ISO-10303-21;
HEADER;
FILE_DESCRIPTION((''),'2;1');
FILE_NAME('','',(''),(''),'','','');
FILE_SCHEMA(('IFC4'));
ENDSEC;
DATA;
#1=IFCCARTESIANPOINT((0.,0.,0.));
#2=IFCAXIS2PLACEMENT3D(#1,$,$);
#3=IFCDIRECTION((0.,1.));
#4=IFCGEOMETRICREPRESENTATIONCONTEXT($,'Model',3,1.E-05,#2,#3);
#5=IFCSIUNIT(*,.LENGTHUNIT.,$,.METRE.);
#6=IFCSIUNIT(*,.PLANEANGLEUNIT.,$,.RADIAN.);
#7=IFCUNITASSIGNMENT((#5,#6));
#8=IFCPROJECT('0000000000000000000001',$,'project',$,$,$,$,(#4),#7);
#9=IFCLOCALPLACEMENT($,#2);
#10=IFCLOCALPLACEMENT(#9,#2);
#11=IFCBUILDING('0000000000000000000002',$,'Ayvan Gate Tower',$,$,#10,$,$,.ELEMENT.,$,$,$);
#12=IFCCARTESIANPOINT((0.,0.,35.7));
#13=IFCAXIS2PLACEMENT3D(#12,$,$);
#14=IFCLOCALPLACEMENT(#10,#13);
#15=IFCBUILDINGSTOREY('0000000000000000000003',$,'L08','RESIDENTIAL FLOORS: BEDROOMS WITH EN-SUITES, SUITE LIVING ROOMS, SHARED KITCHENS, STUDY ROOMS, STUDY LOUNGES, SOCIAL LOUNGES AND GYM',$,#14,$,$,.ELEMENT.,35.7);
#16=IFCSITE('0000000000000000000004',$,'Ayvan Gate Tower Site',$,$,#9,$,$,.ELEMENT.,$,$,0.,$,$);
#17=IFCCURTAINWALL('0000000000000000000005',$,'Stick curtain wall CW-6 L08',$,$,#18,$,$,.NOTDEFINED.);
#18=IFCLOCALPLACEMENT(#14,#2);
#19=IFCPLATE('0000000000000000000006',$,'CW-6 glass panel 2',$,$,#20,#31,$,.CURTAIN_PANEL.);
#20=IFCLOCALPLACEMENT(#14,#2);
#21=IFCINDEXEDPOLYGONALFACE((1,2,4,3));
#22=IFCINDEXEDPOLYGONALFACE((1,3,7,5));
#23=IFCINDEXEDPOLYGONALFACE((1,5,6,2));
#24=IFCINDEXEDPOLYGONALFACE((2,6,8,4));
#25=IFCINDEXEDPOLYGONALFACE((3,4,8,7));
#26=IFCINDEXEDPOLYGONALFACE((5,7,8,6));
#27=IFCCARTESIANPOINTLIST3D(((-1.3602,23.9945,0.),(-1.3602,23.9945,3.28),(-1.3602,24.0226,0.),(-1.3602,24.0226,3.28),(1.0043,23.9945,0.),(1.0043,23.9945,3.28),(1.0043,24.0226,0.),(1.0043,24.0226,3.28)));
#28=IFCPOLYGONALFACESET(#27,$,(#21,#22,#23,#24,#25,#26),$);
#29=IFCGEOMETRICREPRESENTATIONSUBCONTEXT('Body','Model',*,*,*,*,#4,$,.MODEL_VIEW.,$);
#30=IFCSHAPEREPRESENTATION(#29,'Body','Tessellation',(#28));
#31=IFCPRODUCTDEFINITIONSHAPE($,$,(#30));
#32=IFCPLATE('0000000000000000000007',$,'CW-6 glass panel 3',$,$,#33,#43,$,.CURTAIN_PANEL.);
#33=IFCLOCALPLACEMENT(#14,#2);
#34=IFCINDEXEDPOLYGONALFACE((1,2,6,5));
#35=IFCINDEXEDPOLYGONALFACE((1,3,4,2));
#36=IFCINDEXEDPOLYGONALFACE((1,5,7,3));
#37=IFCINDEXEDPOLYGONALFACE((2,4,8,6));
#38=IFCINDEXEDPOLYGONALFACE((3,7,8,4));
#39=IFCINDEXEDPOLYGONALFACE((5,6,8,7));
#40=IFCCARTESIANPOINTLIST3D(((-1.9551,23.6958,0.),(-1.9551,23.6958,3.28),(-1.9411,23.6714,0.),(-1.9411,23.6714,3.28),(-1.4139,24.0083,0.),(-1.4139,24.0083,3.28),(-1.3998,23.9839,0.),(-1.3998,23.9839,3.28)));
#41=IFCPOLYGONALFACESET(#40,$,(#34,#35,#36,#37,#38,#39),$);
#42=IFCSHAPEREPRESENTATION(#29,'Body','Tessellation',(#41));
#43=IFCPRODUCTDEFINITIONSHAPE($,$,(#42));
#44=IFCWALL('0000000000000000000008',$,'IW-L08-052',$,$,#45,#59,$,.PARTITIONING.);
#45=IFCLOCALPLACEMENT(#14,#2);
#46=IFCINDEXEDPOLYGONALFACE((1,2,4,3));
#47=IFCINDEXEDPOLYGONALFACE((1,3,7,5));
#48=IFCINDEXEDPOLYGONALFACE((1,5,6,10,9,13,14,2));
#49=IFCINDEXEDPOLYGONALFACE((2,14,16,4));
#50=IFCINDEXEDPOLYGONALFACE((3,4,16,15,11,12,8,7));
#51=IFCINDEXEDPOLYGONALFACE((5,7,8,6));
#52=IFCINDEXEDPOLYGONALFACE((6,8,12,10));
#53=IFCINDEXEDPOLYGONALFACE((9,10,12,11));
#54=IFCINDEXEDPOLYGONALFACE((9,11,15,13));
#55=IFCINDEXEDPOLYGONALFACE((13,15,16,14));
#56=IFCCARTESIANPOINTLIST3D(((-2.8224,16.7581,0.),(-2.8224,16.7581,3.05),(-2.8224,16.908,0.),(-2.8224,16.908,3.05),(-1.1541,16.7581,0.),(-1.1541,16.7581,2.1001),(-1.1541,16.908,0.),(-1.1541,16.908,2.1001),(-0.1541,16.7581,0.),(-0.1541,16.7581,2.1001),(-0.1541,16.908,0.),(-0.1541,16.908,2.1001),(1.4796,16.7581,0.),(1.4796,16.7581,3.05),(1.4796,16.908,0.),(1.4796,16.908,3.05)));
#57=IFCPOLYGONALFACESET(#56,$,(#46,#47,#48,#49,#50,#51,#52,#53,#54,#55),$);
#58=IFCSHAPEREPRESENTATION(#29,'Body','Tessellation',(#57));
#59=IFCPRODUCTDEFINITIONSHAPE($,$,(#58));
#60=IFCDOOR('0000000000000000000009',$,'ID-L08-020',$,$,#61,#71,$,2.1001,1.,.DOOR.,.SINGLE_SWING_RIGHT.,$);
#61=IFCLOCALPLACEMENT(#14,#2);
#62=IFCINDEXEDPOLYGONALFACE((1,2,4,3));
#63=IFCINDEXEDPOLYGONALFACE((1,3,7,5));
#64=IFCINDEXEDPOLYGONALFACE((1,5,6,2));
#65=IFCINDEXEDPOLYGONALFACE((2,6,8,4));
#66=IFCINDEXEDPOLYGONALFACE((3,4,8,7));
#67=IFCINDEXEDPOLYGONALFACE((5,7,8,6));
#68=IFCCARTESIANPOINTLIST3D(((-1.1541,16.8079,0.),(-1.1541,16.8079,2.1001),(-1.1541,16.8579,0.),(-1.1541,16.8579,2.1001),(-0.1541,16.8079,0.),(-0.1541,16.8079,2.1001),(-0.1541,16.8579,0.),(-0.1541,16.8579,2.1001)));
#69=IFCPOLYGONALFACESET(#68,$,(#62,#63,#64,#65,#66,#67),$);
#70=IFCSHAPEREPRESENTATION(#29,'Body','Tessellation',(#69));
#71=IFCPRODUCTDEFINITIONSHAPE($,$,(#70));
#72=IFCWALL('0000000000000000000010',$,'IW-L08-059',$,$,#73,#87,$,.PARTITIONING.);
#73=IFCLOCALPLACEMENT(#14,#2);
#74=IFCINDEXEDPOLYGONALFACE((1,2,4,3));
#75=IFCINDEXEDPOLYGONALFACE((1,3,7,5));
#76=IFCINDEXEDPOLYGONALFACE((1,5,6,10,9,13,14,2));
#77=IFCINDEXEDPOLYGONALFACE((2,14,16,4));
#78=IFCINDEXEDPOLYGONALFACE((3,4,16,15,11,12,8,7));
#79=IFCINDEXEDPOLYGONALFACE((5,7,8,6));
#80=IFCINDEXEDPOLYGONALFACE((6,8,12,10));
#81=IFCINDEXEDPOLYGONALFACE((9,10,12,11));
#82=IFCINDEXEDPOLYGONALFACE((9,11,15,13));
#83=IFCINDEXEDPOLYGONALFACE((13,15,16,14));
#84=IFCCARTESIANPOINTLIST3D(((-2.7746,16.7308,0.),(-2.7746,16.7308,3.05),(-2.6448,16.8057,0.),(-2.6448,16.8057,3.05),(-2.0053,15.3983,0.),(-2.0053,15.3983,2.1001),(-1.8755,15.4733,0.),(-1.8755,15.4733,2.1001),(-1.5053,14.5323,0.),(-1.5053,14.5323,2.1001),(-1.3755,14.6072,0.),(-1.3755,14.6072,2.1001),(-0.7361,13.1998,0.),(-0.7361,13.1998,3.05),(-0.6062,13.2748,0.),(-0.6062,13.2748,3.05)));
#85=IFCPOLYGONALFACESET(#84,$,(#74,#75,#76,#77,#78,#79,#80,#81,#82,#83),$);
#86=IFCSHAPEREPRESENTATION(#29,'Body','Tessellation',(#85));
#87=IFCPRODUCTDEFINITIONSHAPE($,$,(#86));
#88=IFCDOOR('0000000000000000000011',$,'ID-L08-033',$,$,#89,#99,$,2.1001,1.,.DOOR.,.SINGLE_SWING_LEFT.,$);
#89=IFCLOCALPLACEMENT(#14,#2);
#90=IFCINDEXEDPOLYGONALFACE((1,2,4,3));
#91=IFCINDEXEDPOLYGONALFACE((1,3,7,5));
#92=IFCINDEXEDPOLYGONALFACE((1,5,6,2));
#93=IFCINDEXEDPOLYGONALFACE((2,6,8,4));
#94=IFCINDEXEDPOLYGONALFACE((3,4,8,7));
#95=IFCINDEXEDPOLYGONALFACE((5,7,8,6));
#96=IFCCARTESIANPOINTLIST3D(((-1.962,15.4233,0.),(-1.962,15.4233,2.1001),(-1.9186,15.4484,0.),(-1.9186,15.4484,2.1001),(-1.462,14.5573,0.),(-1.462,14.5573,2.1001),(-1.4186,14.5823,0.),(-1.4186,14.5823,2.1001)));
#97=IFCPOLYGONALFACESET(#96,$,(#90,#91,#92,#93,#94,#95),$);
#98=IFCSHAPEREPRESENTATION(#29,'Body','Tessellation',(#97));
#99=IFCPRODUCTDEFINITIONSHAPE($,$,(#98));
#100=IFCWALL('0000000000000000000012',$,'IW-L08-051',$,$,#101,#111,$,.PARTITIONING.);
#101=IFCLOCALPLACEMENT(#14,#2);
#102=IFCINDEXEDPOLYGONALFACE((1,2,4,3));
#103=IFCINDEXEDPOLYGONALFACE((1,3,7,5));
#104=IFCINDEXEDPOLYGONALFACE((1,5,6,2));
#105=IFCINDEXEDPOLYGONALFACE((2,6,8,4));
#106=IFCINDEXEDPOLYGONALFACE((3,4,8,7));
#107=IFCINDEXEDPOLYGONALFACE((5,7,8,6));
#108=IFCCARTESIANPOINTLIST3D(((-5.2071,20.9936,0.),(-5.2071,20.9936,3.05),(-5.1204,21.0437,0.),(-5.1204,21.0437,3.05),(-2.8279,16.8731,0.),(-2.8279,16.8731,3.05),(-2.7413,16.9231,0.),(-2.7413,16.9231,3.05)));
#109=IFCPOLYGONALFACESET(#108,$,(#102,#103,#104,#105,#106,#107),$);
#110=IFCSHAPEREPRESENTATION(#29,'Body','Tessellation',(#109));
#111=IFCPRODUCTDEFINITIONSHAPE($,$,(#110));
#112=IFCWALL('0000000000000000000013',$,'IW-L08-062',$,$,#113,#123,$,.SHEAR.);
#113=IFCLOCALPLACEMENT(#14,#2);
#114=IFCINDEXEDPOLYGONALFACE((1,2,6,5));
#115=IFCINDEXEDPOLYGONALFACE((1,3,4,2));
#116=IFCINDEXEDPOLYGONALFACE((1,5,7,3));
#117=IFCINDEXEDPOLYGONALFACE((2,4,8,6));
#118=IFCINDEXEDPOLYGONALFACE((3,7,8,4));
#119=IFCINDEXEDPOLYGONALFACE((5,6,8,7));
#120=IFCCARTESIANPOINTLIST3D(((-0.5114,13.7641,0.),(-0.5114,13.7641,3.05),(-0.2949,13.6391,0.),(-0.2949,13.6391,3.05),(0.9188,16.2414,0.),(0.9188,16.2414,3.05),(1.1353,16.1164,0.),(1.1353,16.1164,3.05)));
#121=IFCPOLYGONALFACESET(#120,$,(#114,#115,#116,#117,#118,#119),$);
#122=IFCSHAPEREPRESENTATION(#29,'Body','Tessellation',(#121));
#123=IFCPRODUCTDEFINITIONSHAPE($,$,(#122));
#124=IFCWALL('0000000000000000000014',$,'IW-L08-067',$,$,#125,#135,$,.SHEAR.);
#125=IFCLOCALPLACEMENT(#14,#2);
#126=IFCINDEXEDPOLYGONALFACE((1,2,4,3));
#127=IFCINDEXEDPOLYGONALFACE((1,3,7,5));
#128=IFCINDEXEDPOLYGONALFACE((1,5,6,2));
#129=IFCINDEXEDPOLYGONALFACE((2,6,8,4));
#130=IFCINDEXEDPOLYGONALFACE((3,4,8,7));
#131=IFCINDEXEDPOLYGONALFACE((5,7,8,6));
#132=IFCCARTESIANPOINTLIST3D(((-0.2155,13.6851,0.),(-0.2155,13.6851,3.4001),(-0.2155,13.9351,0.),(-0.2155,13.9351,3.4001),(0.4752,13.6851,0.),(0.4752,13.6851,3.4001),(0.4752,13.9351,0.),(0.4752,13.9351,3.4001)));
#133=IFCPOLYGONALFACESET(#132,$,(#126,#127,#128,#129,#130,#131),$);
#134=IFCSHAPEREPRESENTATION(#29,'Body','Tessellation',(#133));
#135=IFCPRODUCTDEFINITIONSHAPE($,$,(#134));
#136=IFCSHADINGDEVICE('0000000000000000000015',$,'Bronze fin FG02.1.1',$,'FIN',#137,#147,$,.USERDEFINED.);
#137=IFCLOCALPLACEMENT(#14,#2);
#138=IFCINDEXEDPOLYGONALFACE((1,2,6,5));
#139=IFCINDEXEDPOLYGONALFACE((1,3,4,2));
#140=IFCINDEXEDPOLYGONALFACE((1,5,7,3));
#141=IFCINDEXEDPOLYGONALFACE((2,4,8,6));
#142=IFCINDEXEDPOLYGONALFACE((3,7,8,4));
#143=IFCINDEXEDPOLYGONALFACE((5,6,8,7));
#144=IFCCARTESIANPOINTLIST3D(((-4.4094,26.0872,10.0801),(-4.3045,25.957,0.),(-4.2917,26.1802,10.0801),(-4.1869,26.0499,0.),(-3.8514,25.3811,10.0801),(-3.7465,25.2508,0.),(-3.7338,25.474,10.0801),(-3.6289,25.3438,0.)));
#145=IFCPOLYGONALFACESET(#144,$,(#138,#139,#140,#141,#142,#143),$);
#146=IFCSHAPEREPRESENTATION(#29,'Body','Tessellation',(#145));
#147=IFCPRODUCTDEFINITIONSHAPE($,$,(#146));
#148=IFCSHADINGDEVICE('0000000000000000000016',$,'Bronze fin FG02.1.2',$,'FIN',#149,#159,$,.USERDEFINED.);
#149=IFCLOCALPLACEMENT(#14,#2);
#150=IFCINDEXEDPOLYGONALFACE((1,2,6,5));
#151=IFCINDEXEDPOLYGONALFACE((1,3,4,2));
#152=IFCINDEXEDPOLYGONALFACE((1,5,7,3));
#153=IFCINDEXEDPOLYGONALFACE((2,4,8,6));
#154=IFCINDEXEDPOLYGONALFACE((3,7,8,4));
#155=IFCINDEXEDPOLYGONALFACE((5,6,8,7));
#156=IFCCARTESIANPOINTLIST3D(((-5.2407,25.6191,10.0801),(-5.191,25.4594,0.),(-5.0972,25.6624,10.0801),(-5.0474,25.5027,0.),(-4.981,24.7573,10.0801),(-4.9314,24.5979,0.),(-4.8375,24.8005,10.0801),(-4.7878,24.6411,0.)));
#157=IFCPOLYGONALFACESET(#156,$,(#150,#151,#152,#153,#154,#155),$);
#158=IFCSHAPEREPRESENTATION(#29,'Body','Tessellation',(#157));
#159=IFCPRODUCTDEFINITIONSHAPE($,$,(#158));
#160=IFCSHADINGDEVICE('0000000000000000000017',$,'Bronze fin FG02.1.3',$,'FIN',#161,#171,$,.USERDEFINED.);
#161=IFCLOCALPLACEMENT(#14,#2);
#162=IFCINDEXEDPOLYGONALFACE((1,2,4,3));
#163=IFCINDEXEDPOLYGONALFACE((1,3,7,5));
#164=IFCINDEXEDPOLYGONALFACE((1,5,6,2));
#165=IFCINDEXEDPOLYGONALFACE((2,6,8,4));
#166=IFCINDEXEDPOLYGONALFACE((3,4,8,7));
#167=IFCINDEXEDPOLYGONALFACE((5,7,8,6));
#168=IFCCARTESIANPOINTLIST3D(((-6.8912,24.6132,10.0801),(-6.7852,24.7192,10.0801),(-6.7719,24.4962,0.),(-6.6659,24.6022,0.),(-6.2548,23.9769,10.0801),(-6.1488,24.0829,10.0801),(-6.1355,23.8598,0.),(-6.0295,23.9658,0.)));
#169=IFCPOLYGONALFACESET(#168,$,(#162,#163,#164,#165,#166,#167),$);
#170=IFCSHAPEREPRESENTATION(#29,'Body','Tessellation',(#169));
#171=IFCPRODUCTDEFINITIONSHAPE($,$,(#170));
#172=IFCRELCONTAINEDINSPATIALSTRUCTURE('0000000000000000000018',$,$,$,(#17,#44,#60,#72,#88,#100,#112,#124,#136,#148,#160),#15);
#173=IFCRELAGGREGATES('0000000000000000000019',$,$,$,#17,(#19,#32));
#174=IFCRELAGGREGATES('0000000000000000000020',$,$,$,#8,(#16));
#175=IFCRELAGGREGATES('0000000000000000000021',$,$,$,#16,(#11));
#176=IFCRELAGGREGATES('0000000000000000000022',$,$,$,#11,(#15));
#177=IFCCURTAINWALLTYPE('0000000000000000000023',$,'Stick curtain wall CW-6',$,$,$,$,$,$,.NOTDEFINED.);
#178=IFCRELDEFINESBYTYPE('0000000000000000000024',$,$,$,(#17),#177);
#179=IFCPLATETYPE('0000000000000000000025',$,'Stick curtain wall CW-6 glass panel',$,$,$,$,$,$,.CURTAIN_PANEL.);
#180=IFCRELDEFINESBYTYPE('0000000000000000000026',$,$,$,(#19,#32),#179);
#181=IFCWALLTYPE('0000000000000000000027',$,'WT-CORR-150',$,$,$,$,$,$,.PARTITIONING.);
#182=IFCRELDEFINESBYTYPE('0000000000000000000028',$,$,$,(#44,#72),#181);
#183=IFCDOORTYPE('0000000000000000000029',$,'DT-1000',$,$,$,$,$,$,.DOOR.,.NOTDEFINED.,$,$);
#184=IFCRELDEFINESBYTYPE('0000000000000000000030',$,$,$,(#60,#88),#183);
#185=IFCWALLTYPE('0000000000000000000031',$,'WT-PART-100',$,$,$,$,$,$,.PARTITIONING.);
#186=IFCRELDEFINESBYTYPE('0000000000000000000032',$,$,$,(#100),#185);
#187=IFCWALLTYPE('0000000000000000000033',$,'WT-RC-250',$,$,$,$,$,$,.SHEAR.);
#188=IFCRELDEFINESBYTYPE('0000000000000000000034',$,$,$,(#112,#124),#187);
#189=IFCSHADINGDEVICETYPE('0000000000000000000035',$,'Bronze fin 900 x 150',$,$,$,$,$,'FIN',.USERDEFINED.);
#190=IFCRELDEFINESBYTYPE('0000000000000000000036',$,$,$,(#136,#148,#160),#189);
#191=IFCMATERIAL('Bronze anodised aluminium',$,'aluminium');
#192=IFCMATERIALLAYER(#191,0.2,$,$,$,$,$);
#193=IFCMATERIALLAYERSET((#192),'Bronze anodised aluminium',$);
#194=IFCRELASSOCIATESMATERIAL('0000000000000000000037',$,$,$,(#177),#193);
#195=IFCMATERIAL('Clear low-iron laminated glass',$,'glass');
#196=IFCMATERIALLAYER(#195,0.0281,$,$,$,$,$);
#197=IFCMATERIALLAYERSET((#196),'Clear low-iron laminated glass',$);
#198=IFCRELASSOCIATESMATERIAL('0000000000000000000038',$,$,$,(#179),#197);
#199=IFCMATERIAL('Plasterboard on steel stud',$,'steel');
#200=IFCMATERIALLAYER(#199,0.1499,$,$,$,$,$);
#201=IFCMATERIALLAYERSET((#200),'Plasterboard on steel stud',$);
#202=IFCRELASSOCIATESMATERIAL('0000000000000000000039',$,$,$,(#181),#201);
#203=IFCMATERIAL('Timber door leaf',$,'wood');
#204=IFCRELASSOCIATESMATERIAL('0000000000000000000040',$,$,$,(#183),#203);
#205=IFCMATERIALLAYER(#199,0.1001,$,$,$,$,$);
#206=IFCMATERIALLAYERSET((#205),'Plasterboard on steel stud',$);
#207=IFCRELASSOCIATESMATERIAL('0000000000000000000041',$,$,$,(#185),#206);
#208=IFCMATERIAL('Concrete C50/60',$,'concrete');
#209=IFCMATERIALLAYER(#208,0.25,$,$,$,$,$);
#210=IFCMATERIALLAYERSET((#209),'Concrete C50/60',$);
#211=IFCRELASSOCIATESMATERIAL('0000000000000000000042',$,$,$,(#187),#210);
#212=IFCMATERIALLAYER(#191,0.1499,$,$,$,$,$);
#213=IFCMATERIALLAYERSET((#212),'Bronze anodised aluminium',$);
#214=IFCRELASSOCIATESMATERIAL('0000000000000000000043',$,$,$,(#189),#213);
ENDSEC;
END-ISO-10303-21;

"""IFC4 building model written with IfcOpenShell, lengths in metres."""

from ifc_helpers import new_model, si_unit, direction, frame, frame_2d, origin, origin_2d, place, context, subcontext, project, spatial, polyline, rectangle, outline, extrude, material, layer, layer_set, type_object, element, fill, aggregate, save


model = new_model("IFC4")

# Units and contexts
model_context = context("Model", 3, precision=1e-05, world=origin(), true_north=direction((0.0, 1.0)))
body_context = subcontext(model_context, "Body", "Model", "MODEL_VIEW")
ifc_project = project(units=[si_unit("LENGTHUNIT", "METRE"), si_unit("PLANEANGLEUNIT", "RADIAN")], contexts=[model_context])

# Site, building, storey
site_placement = place(None, origin())
site = spatial("IfcSite", under=ifc_project, at=site_placement, Name="Ayvan Gate Tower Site", CompositionType="ELEMENT", RefElevation=0.0)
building_placement = place(site_placement, origin())
building = spatial("IfcBuilding", under=site, at=building_placement, Name="Ayvan Gate Tower", CompositionType="ELEMENT")
storey_placement = place(building_placement, frame((0.0, 0.0, 35.7)))
storey = spatial("IfcBuildingStorey", under=building, at=storey_placement, Name="L08", Description="RESIDENTIAL FLOORS: BEDROOMS WITH EN-SUITES, SUITE LIVING ROOMS, SHARED KITCHENS, STUDY ROOMS, STUDY LOUNGES, SOCIAL LOUNGES AND GYM", CompositionType="ELEMENT", Elevation=35.7)

# Curtain wall
ifc_material_1 = material(Name="Bronze anodised aluminium", Category="aluminium")
ifc_layer_1 = layer(ifc_material_1, 0.2)
ifc_layer_set_1 = layer_set([ifc_layer_1], Name="Bronze anodised aluminium")
curtain_wall_type_1 = type_object("IfcCurtainWallType", Name="Stick curtain wall CW-6", PredefinedType="NOTDEFINED", material=ifc_layer_set_1)
curtain_wall_1_placement = place(storey_placement, origin())
curtain_wall_1 = element("IfcCurtainWall", 1, at=curtain_wall_1_placement, inside=storey, type_object=curtain_wall_type_1, Name="Stick curtain wall CW-6 L08", PredefinedType="NOTDEFINED")

# Plates
ifc_material_2 = material(Name="Clear low-iron laminated glass", Category="glass")
ifc_layer_2 = layer(ifc_material_2, 0.0281)
ifc_layer_set_2 = layer_set([ifc_layer_2], Name="Clear low-iron laminated glass")
plate_type_1 = type_object("IfcPlateType", Name="Stick curtain wall CW-6 glass panel", PredefinedType="CURTAIN_PANEL", material=ifc_layer_set_2)
plate_1_placement = place(storey_placement, frame((-0.178, 24.0085, 0.0), z_axis=(0.0, 0.0, 1.0), x_axis=(-1.0, 0.0, 0.0)))
plate_1 = element("IfcPlate", 2, at=plate_1_placement, type_object=plate_type_1, Name="CW-6 glass panel 2", PredefinedType="CURTAIN_PANEL", context=body_context, shape_type="SweptSolid", body=[
    extrude(rectangle(XDim=2.3645, YDim=0.0281, at=origin_2d()), origin(), (0.0, 0.0, 1.0), 3.28),
])
plate_2_placement = place(storey_placement, frame((-1.6775, 23.8398, 0.0), z_axis=(0.0, 0.0, 1.0), x_axis=(-0.866025, -0.5, 0.0)))
plate_2 = element("IfcPlate", 3, at=plate_2_placement, type_object=plate_type_1, Name="CW-6 glass panel 3", PredefinedType="CURTAIN_PANEL", context=body_context, shape_type="SweptSolid", body=[
    extrude(rectangle(XDim=0.625, YDim=0.0281, at=origin_2d()), origin(), (0.0, 0.0, 1.0), 3.28),
])
aggregate(curtain_wall_1, [plate_1, plate_2])

# Walls, openings, doors
ifc_material_3 = material(Name="Plasterboard on steel stud", Category="steel")
ifc_layer_3 = layer(ifc_material_3, 0.1499)
ifc_layer_set_3 = layer_set([ifc_layer_3], Name="Plasterboard on steel stud")
wall_type_1 = type_object("IfcWallType", Name="WT-CORR-150", PredefinedType="PARTITIONING", material=ifc_layer_set_3)
wall_1_placement = place(storey_placement, frame((-2.8223, 16.833, 0.0), z_axis=(0.0, 0.0, 1.0), x_axis=(1.0, 0.0, 0.0)))
wall_1 = element("IfcWall", 4, at=wall_1_placement, inside=storey, type_object=wall_type_1, Name="IW-L08-052", PredefinedType="PARTITIONING", context=body_context, shape_type="SweptSolid", body=[
    extrude(rectangle(XDim=4.302, YDim=0.1499, at=frame_2d((2.1509, 0.0))), origin(), (0.0, 0.0, 1.0), 3.05),
])
opening_1_placement = place(wall_1_placement, frame((1.6682, 0.0, 0.0)))
opening_1 = element("IfcOpeningElement", 5, at=opening_1_placement, cuts=wall_1, PredefinedType="OPENING", context=body_context, shape_type="SweptSolid", body=[
    extrude(rectangle(XDim=1.0, YDim=2.1001, at=frame_2d((0.5, 1.05))), frame((0.0, 0.085, 0.0), z_axis=(0.0, -1.0, 0.0), x_axis=(1.0, 0.0, 0.0)), (0.0, 0.0, 1.0), 0.1699),
])
ifc_material_4 = material(Name="Timber door leaf", Category="wood")
door_type = type_object("IfcDoorType", Name="DT-1000", OperationType="NOTDEFINED", PredefinedType="DOOR", material=ifc_material_4)
door_1_placement = place(opening_1_placement, origin())
door_1 = element("IfcDoor", 6, at=door_1_placement, inside=storey, type_object=door_type, Name="ID-L08-020", OperationType="SINGLE_SWING_RIGHT", OverallHeight=2.1001, OverallWidth=1.0, PredefinedType="DOOR", context=body_context, shape_type="SweptSolid", body=[
    extrude(rectangle(XDim=1.0, YDim=2.1001, at=frame_2d((0.5, 1.05))), frame((0.0, 0.0249, 0.0), z_axis=(0.0, -1.0, 0.0), x_axis=(1.0, 0.0, 0.0)), (0.0, 0.0, 1.0), 0.05),
])
fill(opening_1, door_1)
wall_2_placement = place(storey_placement, frame((-0.6711, 13.2373, 0.0), z_axis=(0.0, 0.0, 1.0), x_axis=(-0.49999, 0.866031, 0.0)))
wall_2 = element("IfcWall", 7, at=wall_2_placement, inside=storey, type_object=wall_type_1, Name="IW-L08-059", PredefinedType="PARTITIONING", context=body_context, shape_type="SweptSolid", body=[
    extrude(rectangle(XDim=4.0771, YDim=0.1499, at=frame_2d((2.0386, 0.0))), origin(), (0.0, 0.0, 1.0), 3.05),
])
opening_2_placement = place(wall_2_placement, frame((1.5386, 0.0, 0.0)))
opening_2 = element("IfcOpeningElement", 8, at=opening_2_placement, cuts=wall_2, PredefinedType="OPENING", context=body_context, shape_type="SweptSolid", body=[
    extrude(rectangle(XDim=1.0, YDim=2.1001, at=frame_2d((0.5, 1.05))), frame((0.0, 0.085, 0.0), z_axis=(0.0, -1.0, 0.0), x_axis=(1.0, 0.0, 0.0)), (0.0, 0.0, 1.0), 0.1699),
])
door_2_placement = place(opening_2_placement, origin())
door_2 = element("IfcDoor", 9, at=door_2_placement, inside=storey, type_object=door_type, Name="ID-L08-033", OperationType="SINGLE_SWING_LEFT", OverallHeight=2.1001, OverallWidth=1.0, PredefinedType="DOOR", context=body_context, shape_type="SweptSolid", body=[
    extrude(rectangle(XDim=1.0, YDim=2.1001, at=frame_2d((0.5, 1.05))), frame((0.0, 0.0249, 0.0), z_axis=(0.0, -1.0, 0.0), x_axis=(1.0, 0.0, 0.0)), (0.0, 0.0, 1.0), 0.05),
])
fill(opening_2, door_2)

# Walls
ifc_layer_4 = layer(ifc_material_3, 0.1001)
ifc_layer_set_4 = layer_set([ifc_layer_4], Name="Plasterboard on steel stud")
wall_type_2 = type_object("IfcWallType", Name="WT-PART-100", PredefinedType="PARTITIONING", material=ifc_layer_set_4)
wall_3_placement = place(storey_placement, frame((-2.7847, 16.8982, 0.0), z_axis=(0.0, 0.0, 1.0), x_axis=(-0.500019, 0.866015, 0.0)))
element("IfcWall", 10, at=wall_3_placement, inside=storey, type_object=wall_type_2, Name="IW-L08-051", PredefinedType="PARTITIONING", context=body_context, shape_type="SweptSolid", body=[
    extrude(rectangle(XDim=4.7581, YDim=0.1001, at=frame_2d((2.3789, 0.0))), origin(), (0.0, 0.0, 1.0), 3.05),
])
ifc_material_5 = material(Name="Concrete C50/60", Category="concrete")
ifc_layer_5 = layer(ifc_material_5, 0.25)
ifc_layer_set_5 = layer_set([ifc_layer_5], Name="Concrete C50/60")
wall_type_3 = type_object("IfcWallType", Name="WT-RC-250", PredefinedType="SHEAR", material=ifc_layer_set_5)
wall_4_placement = place(storey_placement, frame((-0.4031, 13.7017, 0.0), z_axis=(0.0, 0.0, 1.0), x_axis=(0.499976, 0.866039, 0.0)))
element("IfcWall", 11, at=wall_4_placement, inside=storey, type_object=wall_type_3, Name="IW-L08-062", PredefinedType="SHEAR", context=body_context, shape_type="SweptSolid", body=[
    extrude(rectangle(XDim=2.8606, YDim=0.25, at=frame_2d((1.4302, 0.0))), origin(), (0.0, 0.0, 1.0), 3.05),
])
wall_5_placement = place(storey_placement, frame((0.4751, 13.8101, 0.0), z_axis=(0.0, 0.0, 1.0), x_axis=(-1.0, 0.0, 0.0)))
element("IfcWall", 12, at=wall_5_placement, inside=storey, type_object=wall_type_3, Name="IW-L08-067", PredefinedType="SHEAR", context=body_context, shape_type="SweptSolid", body=[
    extrude(rectangle(XDim=0.6907, YDim=0.25, at=frame_2d((0.3452, 0.0))), origin(), (0.0, 0.0, 1.0), 3.4001),
])

# Shading devices
ifc_layer_6 = layer(ifc_material_1, 0.1499)
ifc_layer_set_6 = layer_set([ifc_layer_6], Name="Bronze anodised aluminium")
shading_device_type = type_object("IfcShadingDeviceType", Name="Bronze fin 900 x 150", ElementType="FIN", PredefinedType="USERDEFINED", material=ifc_layer_set_6)
shading_device_1_placement = place(storey_placement, frame((-3.6289, 25.3438, 0.0), z_axis=(0.784626, 0.61997, 0.000151), x_axis=(-0.61997, 0.784626, 0.0)))
element("IfcShadingDevice", 13, at=shading_device_1_placement, inside=storey, type_object=shading_device_type, Name="Bronze fin FG02.1.1", ObjectType="FIN", PredefinedType="USERDEFINED", context=body_context, shape_type="SweptSolid", body=[
    extrude(outline(polyline([(0.0, 0.0), (0.9, 0.0), (1.0672, 10.0801), (0.1672, 10.0801), (0.0, 0.0)])), origin(), (0.0, 0.0, -1.0), 0.1499),
])
shading_device_2_placement = place(storey_placement, frame((-4.7878, 24.6411, 0.0), z_axis=(0.957478, 0.288505, 0.000153), x_axis=(-0.288505, 0.957478, 0.0)))
element("IfcShadingDevice", 14, at=shading_device_2_placement, inside=storey, type_object=shading_device_type, Name="Bronze fin FG02.1.2", ObjectType="FIN", PredefinedType="USERDEFINED", context=body_context, shape_type="SweptSolid", body=[
    extrude(outline(polyline([(0.0, 0.0), (0.8998, 0.0), (1.0671, 10.0801), (0.1669, 10.0801), (0.0, 0.0)])), origin(), (0.0, 0.0, -1.0), 0.1499),
])
shading_device_3_placement = place(storey_placement, frame((-6.0295, 23.9658, 0.0), z_axis=(0.707107, 0.707107, 0.000154), x_axis=(-0.707107, 0.707107, 0.0)))
element("IfcShadingDevice", 15, at=shading_device_3_placement, inside=storey, type_object=shading_device_type, Name="Bronze fin FG02.1.3", ObjectType="FIN", PredefinedType="USERDEFINED", context=body_context, shape_type="SweptSolid", body=[
    extrude(outline(polyline([(0.0, 0.0), (0.8999, 0.0), (1.067, 10.0801), (0.1671, 10.0801), (0.0, 0.0)])), origin(), (0.0, 0.0, -1.0), 0.1499),
])

save(model, "model.ifc")
